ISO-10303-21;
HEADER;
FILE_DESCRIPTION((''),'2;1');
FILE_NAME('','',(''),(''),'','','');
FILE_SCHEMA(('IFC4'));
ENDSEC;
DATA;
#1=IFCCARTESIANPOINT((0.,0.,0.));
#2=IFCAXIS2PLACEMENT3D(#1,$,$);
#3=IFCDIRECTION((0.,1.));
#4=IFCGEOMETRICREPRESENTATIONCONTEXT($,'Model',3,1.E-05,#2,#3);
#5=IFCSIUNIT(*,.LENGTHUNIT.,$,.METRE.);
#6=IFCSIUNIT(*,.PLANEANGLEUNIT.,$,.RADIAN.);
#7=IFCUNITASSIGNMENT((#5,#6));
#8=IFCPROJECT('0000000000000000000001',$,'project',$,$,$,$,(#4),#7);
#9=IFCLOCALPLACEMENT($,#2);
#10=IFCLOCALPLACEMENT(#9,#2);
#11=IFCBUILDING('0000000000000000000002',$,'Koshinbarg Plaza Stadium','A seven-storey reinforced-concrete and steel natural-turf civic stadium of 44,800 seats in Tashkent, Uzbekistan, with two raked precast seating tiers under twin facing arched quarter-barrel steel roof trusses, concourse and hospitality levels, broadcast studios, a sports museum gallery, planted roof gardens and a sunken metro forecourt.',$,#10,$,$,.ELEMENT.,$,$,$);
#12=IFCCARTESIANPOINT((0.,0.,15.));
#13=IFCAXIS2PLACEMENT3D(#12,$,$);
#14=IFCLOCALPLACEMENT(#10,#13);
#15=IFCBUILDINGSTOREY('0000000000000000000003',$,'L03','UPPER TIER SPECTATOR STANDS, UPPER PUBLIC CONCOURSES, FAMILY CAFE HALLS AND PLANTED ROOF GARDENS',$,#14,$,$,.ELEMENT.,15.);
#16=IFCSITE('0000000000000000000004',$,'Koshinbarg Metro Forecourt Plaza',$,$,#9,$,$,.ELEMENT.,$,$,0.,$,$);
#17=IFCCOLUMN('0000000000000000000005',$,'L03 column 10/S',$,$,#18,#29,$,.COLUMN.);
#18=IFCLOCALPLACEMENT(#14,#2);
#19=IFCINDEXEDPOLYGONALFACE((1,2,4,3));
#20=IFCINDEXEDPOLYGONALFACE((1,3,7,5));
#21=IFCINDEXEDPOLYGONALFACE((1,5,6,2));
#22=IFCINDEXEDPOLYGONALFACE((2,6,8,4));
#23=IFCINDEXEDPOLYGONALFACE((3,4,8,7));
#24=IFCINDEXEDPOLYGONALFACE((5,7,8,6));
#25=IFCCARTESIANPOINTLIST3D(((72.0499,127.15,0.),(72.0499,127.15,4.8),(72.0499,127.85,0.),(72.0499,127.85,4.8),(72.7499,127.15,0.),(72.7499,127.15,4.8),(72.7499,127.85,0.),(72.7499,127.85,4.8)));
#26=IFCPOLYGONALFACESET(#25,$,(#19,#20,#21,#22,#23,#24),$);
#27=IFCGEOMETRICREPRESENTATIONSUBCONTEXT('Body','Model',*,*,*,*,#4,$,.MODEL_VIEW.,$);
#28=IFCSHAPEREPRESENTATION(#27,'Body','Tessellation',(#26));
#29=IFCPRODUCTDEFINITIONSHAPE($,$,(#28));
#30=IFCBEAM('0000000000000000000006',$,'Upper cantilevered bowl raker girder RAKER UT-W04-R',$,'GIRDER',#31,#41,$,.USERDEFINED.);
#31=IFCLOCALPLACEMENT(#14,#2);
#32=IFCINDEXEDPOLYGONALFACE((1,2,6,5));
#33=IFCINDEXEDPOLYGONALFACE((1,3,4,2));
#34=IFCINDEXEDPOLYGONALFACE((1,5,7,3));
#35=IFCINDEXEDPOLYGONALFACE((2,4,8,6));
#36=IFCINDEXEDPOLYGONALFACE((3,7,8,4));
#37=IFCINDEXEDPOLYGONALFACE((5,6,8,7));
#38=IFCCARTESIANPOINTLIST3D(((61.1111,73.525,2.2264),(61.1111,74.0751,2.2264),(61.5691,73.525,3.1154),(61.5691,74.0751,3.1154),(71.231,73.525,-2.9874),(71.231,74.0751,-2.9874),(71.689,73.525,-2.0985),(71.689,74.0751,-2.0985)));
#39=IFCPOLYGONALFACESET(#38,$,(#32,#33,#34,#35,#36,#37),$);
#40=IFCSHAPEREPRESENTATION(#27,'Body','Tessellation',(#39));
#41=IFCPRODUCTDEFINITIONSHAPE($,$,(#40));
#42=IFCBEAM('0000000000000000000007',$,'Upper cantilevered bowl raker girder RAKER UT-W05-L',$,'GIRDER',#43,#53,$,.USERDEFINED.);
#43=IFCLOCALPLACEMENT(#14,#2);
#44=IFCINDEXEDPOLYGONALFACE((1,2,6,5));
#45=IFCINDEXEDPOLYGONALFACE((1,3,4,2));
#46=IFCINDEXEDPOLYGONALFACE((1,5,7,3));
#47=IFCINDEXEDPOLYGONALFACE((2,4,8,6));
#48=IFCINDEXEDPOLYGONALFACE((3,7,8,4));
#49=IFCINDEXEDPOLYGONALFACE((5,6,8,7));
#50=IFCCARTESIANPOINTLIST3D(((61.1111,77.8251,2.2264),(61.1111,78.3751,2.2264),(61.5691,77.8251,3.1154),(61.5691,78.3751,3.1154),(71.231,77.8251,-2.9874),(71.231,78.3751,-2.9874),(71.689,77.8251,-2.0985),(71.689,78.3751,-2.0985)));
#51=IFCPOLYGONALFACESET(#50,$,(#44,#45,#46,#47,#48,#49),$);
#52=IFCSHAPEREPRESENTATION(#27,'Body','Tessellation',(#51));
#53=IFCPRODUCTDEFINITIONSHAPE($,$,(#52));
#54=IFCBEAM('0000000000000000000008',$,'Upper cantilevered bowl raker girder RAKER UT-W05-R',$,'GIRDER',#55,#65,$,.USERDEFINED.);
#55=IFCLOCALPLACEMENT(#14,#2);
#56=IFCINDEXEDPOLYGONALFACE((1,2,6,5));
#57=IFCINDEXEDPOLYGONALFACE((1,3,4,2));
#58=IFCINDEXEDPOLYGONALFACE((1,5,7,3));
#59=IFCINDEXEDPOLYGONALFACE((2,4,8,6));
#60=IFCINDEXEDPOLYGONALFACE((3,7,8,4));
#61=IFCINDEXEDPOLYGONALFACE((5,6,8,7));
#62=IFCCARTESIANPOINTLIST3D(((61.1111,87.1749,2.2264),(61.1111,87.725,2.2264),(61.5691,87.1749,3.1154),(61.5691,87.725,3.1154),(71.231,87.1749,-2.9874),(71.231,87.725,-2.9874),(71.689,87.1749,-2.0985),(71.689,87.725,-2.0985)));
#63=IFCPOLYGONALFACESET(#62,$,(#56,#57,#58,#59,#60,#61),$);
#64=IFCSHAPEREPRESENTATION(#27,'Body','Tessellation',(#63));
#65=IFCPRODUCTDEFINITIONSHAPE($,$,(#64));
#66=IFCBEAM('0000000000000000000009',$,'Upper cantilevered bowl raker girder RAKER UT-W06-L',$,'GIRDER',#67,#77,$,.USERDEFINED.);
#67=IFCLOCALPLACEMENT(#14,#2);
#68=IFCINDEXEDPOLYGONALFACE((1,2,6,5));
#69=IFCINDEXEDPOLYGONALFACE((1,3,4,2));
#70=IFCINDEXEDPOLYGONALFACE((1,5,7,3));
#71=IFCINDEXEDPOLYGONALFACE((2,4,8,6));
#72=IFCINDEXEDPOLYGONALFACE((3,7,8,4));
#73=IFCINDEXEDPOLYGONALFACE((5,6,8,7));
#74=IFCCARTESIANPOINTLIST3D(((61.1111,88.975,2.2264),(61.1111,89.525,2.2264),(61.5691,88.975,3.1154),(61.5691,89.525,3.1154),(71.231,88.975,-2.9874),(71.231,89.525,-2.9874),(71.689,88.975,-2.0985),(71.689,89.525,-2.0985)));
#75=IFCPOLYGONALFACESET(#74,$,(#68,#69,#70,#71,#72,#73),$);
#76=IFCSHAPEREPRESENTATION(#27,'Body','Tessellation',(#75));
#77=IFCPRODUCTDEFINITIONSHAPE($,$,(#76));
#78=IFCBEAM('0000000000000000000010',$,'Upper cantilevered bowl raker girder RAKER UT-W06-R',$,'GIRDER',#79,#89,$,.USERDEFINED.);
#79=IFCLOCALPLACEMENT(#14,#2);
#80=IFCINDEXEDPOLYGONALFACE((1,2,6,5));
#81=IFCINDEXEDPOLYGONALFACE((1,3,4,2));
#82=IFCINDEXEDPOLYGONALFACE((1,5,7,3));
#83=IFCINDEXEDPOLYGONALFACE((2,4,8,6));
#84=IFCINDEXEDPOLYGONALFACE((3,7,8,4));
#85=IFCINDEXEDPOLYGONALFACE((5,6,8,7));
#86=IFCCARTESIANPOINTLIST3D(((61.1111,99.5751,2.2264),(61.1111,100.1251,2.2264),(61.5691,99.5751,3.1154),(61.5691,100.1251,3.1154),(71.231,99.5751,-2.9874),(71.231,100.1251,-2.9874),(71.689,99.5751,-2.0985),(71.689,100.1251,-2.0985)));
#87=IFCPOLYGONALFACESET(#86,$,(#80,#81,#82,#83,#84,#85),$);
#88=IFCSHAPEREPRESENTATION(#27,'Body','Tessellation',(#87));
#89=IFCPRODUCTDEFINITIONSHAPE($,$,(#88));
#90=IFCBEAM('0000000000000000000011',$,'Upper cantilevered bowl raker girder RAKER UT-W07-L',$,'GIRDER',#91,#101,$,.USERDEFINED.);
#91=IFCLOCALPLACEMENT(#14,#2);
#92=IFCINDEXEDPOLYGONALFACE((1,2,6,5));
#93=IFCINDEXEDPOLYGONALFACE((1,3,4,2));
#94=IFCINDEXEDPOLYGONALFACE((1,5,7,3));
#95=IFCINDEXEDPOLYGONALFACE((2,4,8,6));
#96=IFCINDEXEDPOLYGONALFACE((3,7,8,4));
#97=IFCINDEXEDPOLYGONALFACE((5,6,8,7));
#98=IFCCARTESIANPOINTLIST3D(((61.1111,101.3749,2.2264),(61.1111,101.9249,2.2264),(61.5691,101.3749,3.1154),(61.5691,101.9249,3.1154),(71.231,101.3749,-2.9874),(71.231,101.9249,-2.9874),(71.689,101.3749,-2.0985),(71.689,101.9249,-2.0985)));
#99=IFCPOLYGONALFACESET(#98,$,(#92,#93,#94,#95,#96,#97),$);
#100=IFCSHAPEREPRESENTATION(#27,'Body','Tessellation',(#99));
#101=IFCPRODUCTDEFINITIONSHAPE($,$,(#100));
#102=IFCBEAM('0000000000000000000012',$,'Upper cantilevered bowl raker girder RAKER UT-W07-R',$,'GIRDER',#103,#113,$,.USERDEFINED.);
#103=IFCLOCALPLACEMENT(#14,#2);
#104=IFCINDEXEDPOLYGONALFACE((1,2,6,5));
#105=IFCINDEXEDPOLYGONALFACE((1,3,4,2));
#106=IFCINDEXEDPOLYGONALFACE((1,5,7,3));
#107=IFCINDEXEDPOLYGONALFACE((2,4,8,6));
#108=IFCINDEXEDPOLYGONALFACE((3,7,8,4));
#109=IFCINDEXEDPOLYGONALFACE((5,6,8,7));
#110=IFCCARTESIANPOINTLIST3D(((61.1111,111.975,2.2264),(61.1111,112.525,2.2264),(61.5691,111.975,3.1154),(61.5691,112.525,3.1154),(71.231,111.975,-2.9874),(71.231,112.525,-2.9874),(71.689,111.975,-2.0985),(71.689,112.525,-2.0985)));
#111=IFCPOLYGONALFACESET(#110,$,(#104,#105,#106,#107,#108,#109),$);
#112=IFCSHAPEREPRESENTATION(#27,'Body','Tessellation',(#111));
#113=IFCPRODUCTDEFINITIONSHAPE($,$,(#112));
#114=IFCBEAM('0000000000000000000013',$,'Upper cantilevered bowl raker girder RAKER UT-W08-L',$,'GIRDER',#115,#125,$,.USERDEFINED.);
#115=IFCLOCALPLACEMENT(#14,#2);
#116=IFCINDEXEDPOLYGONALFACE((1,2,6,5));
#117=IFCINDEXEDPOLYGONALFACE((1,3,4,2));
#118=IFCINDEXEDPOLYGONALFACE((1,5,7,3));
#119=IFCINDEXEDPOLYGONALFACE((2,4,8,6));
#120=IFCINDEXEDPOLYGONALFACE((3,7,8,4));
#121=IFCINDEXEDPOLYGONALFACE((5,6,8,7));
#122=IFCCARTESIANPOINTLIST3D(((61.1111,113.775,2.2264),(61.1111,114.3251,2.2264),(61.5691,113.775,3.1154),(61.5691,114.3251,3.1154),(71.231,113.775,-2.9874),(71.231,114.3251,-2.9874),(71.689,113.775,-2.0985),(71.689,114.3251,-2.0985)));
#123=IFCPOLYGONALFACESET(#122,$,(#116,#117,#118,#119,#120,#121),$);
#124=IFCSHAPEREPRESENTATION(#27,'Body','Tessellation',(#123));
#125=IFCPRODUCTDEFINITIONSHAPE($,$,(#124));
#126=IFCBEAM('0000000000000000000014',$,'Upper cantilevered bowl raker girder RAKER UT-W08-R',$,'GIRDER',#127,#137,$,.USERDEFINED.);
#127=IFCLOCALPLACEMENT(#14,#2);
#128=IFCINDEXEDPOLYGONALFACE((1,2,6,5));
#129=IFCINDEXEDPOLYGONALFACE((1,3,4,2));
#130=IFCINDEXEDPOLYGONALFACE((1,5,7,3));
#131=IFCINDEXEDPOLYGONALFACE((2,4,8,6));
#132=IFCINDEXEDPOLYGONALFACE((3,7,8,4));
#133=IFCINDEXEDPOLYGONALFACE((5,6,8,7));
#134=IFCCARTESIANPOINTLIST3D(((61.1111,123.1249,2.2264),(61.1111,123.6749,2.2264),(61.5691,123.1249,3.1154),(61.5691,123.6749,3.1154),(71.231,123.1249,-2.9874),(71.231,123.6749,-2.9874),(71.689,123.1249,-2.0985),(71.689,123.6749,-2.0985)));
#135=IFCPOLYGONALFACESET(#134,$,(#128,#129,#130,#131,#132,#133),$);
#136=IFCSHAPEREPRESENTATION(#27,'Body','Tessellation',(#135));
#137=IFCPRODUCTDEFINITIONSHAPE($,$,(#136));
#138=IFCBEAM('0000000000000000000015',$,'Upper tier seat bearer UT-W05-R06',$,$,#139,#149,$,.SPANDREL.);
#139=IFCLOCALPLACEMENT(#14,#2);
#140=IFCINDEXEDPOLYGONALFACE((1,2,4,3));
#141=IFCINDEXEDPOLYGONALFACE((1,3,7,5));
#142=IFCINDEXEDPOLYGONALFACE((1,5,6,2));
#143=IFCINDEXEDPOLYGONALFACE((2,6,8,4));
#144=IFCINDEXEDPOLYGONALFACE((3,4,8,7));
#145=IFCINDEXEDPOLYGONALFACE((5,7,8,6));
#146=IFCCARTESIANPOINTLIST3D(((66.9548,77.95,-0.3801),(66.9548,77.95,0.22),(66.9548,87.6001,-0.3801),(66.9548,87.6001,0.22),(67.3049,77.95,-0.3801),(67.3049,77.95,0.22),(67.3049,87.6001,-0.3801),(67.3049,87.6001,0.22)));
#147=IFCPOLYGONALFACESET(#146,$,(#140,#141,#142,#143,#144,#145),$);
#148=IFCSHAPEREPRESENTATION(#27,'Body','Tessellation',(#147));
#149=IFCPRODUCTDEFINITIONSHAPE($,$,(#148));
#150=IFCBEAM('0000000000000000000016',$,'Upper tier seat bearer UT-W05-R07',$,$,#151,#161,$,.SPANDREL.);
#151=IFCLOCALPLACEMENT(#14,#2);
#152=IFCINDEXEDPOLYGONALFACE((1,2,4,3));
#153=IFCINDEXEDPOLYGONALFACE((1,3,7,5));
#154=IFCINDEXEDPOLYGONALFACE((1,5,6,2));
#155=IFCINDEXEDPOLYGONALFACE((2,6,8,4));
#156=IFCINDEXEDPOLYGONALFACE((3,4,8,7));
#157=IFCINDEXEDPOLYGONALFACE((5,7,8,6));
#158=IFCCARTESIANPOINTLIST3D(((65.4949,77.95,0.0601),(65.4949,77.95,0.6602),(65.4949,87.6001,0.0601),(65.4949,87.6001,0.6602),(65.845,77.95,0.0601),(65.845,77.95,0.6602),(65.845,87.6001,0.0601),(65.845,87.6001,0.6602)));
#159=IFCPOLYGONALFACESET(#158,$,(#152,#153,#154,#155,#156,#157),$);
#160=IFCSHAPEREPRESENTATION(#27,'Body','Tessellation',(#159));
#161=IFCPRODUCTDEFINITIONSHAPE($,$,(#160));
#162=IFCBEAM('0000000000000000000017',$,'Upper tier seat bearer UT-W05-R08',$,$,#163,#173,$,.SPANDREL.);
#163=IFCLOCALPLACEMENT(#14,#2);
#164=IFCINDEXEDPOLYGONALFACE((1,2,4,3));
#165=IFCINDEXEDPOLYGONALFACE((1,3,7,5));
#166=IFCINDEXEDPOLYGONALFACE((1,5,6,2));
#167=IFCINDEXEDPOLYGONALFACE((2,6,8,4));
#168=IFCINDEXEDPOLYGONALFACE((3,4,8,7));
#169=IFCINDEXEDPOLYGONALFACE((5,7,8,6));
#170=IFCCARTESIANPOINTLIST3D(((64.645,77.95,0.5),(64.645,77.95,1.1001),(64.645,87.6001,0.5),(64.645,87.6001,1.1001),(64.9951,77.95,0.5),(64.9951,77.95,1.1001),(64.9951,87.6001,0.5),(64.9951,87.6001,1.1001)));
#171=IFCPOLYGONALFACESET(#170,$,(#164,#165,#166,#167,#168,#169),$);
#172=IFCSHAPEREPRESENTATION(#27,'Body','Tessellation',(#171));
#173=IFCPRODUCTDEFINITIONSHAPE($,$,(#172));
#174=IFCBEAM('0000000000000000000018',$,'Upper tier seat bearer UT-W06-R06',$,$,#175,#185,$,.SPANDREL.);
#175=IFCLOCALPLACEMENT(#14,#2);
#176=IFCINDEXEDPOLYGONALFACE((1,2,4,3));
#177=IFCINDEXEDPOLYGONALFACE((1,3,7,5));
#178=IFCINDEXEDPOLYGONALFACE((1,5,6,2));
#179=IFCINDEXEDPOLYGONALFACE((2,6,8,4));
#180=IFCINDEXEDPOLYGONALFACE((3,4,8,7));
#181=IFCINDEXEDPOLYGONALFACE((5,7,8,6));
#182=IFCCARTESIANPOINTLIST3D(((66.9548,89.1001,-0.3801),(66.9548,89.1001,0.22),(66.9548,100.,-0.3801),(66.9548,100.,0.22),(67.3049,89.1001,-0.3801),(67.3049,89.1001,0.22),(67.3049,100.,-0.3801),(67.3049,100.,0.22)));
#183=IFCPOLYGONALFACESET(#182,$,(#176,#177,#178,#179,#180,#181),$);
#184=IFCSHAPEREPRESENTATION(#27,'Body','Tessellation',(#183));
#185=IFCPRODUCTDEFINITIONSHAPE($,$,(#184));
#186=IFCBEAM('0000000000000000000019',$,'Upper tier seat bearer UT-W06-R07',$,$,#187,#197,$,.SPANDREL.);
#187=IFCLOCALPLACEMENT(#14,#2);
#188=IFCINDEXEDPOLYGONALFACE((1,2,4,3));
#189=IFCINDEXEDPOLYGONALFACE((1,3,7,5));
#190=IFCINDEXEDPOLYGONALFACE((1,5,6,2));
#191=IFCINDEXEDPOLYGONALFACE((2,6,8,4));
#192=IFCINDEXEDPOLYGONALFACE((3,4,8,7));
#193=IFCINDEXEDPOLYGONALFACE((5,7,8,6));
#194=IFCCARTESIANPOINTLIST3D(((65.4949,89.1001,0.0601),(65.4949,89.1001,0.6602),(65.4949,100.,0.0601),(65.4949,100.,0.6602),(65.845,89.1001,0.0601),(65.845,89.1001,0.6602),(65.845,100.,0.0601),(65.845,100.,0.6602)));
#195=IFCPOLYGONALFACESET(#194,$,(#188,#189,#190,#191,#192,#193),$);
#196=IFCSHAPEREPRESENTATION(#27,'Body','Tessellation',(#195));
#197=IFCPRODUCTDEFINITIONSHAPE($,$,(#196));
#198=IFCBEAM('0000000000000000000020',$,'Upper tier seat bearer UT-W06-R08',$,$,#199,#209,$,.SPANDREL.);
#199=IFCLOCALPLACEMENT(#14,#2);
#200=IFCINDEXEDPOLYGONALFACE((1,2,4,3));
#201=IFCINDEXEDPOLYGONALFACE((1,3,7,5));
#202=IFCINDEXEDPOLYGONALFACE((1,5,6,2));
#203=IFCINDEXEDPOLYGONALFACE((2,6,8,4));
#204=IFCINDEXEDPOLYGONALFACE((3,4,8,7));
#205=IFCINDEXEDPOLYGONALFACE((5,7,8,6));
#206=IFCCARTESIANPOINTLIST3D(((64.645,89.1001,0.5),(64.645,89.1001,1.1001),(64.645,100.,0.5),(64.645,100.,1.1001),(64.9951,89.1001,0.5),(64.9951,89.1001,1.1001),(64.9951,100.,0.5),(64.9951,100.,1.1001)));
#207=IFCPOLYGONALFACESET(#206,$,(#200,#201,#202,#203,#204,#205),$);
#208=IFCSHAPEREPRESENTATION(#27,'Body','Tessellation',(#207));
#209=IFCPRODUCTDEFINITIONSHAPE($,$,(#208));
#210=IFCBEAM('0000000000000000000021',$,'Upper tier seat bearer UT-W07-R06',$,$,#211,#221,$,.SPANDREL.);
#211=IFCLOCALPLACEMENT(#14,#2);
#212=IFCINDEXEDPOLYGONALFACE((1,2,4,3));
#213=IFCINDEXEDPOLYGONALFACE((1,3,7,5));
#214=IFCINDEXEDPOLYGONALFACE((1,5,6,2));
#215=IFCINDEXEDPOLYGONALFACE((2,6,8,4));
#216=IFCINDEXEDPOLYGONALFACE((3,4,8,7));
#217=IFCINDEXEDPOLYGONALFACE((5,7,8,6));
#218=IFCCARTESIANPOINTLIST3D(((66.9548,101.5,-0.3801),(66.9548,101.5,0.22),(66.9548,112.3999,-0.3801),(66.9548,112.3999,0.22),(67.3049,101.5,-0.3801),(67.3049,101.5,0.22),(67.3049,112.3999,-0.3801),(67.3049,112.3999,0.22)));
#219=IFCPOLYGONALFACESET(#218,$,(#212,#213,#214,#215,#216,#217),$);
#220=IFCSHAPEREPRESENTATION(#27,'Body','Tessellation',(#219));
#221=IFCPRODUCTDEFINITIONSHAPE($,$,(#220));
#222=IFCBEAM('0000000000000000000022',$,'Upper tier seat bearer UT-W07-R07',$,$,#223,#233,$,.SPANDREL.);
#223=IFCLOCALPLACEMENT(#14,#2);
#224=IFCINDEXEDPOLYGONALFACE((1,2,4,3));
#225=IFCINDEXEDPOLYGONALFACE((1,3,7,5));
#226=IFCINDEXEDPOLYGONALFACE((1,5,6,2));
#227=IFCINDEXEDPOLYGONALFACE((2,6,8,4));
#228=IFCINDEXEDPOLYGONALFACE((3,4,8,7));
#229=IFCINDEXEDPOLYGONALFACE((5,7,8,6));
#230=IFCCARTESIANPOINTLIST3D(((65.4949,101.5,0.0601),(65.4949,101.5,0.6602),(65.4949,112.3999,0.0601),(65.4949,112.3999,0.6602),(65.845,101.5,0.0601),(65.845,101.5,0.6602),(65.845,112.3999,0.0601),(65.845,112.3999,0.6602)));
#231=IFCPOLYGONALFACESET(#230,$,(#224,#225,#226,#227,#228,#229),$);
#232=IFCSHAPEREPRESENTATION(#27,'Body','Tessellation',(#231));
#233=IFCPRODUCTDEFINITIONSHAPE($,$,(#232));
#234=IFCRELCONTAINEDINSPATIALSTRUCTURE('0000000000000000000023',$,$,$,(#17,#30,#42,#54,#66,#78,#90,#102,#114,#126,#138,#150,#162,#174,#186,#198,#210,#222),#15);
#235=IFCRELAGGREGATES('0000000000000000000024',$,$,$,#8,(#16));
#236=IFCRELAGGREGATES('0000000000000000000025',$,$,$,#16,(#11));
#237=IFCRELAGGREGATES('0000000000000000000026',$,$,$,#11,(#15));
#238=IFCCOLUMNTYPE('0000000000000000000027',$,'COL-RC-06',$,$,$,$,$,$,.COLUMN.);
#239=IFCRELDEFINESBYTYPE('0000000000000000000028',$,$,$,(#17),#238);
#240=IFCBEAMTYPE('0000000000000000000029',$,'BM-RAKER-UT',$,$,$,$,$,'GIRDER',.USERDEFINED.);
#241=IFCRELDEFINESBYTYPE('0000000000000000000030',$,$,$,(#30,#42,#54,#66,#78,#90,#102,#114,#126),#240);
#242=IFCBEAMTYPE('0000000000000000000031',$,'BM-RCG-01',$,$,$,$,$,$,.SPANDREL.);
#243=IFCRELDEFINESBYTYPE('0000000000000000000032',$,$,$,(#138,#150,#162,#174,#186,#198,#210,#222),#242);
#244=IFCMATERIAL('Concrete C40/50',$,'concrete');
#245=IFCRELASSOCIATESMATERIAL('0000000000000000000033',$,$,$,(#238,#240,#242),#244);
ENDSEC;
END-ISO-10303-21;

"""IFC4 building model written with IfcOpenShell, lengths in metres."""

from ifc_helpers import new_model, si_unit, direction, frame, origin, origin_2d, place, context, subcontext, project, spatial, rectangle, extrude, material, material_profile, profile_set, type_object, element, save


model = new_model("IFC4")

# Units and contexts
model_context = context("Model", 3, precision=1e-05, world=origin(), true_north=direction((0.0, 1.0)))
body_context = subcontext(model_context, "Body", "Model", "MODEL_VIEW")
ifc_project = project(units=[si_unit("LENGTHUNIT", "METRE"), si_unit("PLANEANGLEUNIT", "RADIAN")], contexts=[model_context])

# Site, building, storey
site_placement = place(None, origin())
site = spatial("IfcSite", under=ifc_project, at=site_placement, Name="Koshinbarg Metro Forecourt Plaza", CompositionType="ELEMENT", RefElevation=0.0)
building_placement = place(site_placement, origin())
building = spatial("IfcBuilding", under=site, at=building_placement, Name="Koshinbarg Plaza Stadium", Description="A seven-storey reinforced-concrete and steel natural-turf civic stadium of 44,800 seats in Tashkent, Uzbekistan, with two raked precast seating tiers under twin facing arched quarter-barrel steel roof trusses, concourse and hospitality levels, broadcast studios, a sports museum gallery, planted roof gardens and a sunken metro forecourt.", CompositionType="ELEMENT")
storey_placement = place(building_placement, frame((0.0, 0.0, 15.0)))
storey = spatial("IfcBuildingStorey", under=building, at=storey_placement, Name="L03", Description="UPPER TIER SPECTATOR STANDS, UPPER PUBLIC CONCOURSES, FAMILY CAFE HALLS AND PLANTED ROOF GARDENS", CompositionType="ELEMENT", Elevation=15.0)

# Column
ifc_material_1 = material(Name="Concrete C40/50", Category="concrete")
ifc_material_profile_1 = material_profile(ifc_material_1, rectangle(XDim=0.7, YDim=0.7, at=origin_2d()), Name="RC 700x700")
ifc_profile_set_1 = profile_set([ifc_material_profile_1], Name="Concrete C40/50")
column_type = type_object("IfcColumnType", Name="COL-RC-06", PredefinedType="COLUMN", material=ifc_profile_set_1)
column_placement = place(storey_placement, frame((72.3999, 127.5, 0.0), z_axis=(0.0, 0.0, 1.0), x_axis=(1.0, 0.0, 0.0)))
element("IfcColumn", 1, at=column_placement, inside=storey, type_object=column_type, Name="L03 column 10/S", PredefinedType="COLUMN", context=body_context, shape_type="SweptSolid", body=[
    extrude(rectangle(XDim=0.7, YDim=0.7, at=origin_2d()), origin(), (0.0, 0.0, 1.0), 4.8),
])

# Beams
ifc_material_profile_2 = material_profile(ifc_material_1, rectangle(XDim=0.55, YDim=1.0, at=origin_2d()), Name="RC 550x1000")
ifc_profile_set_2 = profile_set([ifc_material_profile_2], Name="Concrete C40/50")
beam_type_1 = type_object("IfcBeamType", Name="BM-RAKER-UT", ElementType="GIRDER", PredefinedType="USERDEFINED", material=ifc_profile_set_2)
for number, where, z_axis, x_axis, name in (
    (2, (71.46, 73.8, -2.543), (-0.888953, 0.0, 0.457998), (0.0, -1.0, 0.0), "Upper cantilevered bowl raker girder RAKER UT-W04-R"),
    (3, (71.46, 78.1001, -2.543), (-0.888953, 0.0, 0.457998), (0.0, -1.0, 0.0), "Upper cantilevered bowl raker girder RAKER UT-W05-L"),
    (4, (71.46, 87.45, -2.543), (-0.888953, 0.0, 0.457998), (0.0, -1.0, 0.0), "Upper cantilevered bowl raker girder RAKER UT-W05-R"),
    (5, (71.46, 89.25, -2.543), (-0.888953, 0.0, 0.457998), (0.0, -1.0, 0.0), "Upper cantilevered bowl raker girder RAKER UT-W06-L"),
    (6, (71.46, 99.8501, -2.543), (-0.888953, 0.0, 0.457998), (0.0, -1.0, 0.0), "Upper cantilevered bowl raker girder RAKER UT-W06-R"),
    (7, (71.46, 101.6499, -2.543), (-0.888953, 0.0, 0.457998), (0.0, -1.0, 0.0), "Upper cantilevered bowl raker girder RAKER UT-W07-L"),
    (8, (71.46, 112.25, -2.543), (-0.888953, 0.0, 0.457998), (0.0, -1.0, 0.0), "Upper cantilevered bowl raker girder RAKER UT-W07-R"),
    (9, (71.46, 114.05, -2.543), (-0.888953, 0.0, 0.457998), (0.0, -1.0, 0.0), "Upper cantilevered bowl raker girder RAKER UT-W08-L"),
    (10, (71.46, 123.3999, -2.543), (-0.888953, 0.0, 0.457998), (0.0, -1.0, 0.0), "Upper cantilevered bowl raker girder RAKER UT-W08-R"),
):
    element("IfcBeam", number, at=place(storey_placement, frame(where, z_axis=z_axis, x_axis=x_axis)), inside=storey, type_object=beam_type_1, Name=name, ObjectType="GIRDER", PredefinedType="USERDEFINED", context=body_context, shape_type="SweptSolid", body=[
        extrude(rectangle(XDim=0.55, YDim=1.0, at=origin_2d()), origin(), (0.0, 0.0, 1.0), 11.384),
    ])
ifc_material_profile_3 = material_profile(ifc_material_1, rectangle(XDim=0.3501, YDim=0.6001, at=origin_2d()), Name="RC 350x600")
ifc_profile_set_3 = profile_set([ifc_material_profile_3], Name="Concrete C40/50")
beam_type_2 = type_object("IfcBeamType", Name="BM-RCG-01", PredefinedType="SPANDREL", material=ifc_profile_set_3)
for number, where, z_axis, x_axis, name in (
    (11, (67.1299, 77.95, -0.0801), (0.0, 1.0, 0.0), (-1.0, 0.0, 0.0), "Upper tier seat bearer UT-W05-R06"),
    (12, (65.6699, 77.95, 0.3601), (0.0, 1.0, 0.0), (-1.0, 0.0, 0.0), "Upper tier seat bearer UT-W05-R07"),
    (13, (64.8201, 77.95, 0.8), (0.0, 1.0, 0.0), (-1.0, 0.0, 0.0), "Upper tier seat bearer UT-W05-R08"),
):
    element("IfcBeam", number, at=place(storey_placement, frame(where, z_axis=z_axis, x_axis=x_axis)), inside=storey, type_object=beam_type_2, Name=name, PredefinedType="SPANDREL", context=body_context, shape_type="SweptSolid", body=[
        extrude(rectangle(XDim=0.3501, YDim=0.6001, at=origin_2d()), origin(), (0.0, 0.0, 1.0), 9.6501),
    ])
for number, where, z_axis, x_axis, name in (
    (14, (67.1299, 89.1001, -0.0801), (0.0, 1.0, 0.0), (-1.0, 0.0, 0.0), "Upper tier seat bearer UT-W06-R06"),
    (15, (65.6699, 89.1001, 0.3601), (0.0, 1.0, 0.0), (-1.0, 0.0, 0.0), "Upper tier seat bearer UT-W06-R07"),
    (16, (64.8201, 89.1001, 0.8), (0.0, 1.0, 0.0), (-1.0, 0.0, 0.0), "Upper tier seat bearer UT-W06-R08"),
    (17, (67.1299, 101.5, -0.0801), (0.0, 1.0, 0.0), (-1.0, 0.0, 0.0), "Upper tier seat bearer UT-W07-R06"),
    (18, (65.6699, 101.5, 0.3601), (0.0, 1.0, 0.0), (-1.0, 0.0, 0.0), "Upper tier seat bearer UT-W07-R07"),
):
    element("IfcBeam", number, at=place(storey_placement, frame(where, z_axis=z_axis, x_axis=x_axis)), inside=storey, type_object=beam_type_2, Name=name, PredefinedType="SPANDREL", context=body_context, shape_type="SweptSolid", body=[
        extrude(rectangle(XDim=0.3501, YDim=0.6001, at=origin_2d()), origin(), (0.0, 0.0, 1.0), 10.8999),
    ])

save(model, "model.ifc")
